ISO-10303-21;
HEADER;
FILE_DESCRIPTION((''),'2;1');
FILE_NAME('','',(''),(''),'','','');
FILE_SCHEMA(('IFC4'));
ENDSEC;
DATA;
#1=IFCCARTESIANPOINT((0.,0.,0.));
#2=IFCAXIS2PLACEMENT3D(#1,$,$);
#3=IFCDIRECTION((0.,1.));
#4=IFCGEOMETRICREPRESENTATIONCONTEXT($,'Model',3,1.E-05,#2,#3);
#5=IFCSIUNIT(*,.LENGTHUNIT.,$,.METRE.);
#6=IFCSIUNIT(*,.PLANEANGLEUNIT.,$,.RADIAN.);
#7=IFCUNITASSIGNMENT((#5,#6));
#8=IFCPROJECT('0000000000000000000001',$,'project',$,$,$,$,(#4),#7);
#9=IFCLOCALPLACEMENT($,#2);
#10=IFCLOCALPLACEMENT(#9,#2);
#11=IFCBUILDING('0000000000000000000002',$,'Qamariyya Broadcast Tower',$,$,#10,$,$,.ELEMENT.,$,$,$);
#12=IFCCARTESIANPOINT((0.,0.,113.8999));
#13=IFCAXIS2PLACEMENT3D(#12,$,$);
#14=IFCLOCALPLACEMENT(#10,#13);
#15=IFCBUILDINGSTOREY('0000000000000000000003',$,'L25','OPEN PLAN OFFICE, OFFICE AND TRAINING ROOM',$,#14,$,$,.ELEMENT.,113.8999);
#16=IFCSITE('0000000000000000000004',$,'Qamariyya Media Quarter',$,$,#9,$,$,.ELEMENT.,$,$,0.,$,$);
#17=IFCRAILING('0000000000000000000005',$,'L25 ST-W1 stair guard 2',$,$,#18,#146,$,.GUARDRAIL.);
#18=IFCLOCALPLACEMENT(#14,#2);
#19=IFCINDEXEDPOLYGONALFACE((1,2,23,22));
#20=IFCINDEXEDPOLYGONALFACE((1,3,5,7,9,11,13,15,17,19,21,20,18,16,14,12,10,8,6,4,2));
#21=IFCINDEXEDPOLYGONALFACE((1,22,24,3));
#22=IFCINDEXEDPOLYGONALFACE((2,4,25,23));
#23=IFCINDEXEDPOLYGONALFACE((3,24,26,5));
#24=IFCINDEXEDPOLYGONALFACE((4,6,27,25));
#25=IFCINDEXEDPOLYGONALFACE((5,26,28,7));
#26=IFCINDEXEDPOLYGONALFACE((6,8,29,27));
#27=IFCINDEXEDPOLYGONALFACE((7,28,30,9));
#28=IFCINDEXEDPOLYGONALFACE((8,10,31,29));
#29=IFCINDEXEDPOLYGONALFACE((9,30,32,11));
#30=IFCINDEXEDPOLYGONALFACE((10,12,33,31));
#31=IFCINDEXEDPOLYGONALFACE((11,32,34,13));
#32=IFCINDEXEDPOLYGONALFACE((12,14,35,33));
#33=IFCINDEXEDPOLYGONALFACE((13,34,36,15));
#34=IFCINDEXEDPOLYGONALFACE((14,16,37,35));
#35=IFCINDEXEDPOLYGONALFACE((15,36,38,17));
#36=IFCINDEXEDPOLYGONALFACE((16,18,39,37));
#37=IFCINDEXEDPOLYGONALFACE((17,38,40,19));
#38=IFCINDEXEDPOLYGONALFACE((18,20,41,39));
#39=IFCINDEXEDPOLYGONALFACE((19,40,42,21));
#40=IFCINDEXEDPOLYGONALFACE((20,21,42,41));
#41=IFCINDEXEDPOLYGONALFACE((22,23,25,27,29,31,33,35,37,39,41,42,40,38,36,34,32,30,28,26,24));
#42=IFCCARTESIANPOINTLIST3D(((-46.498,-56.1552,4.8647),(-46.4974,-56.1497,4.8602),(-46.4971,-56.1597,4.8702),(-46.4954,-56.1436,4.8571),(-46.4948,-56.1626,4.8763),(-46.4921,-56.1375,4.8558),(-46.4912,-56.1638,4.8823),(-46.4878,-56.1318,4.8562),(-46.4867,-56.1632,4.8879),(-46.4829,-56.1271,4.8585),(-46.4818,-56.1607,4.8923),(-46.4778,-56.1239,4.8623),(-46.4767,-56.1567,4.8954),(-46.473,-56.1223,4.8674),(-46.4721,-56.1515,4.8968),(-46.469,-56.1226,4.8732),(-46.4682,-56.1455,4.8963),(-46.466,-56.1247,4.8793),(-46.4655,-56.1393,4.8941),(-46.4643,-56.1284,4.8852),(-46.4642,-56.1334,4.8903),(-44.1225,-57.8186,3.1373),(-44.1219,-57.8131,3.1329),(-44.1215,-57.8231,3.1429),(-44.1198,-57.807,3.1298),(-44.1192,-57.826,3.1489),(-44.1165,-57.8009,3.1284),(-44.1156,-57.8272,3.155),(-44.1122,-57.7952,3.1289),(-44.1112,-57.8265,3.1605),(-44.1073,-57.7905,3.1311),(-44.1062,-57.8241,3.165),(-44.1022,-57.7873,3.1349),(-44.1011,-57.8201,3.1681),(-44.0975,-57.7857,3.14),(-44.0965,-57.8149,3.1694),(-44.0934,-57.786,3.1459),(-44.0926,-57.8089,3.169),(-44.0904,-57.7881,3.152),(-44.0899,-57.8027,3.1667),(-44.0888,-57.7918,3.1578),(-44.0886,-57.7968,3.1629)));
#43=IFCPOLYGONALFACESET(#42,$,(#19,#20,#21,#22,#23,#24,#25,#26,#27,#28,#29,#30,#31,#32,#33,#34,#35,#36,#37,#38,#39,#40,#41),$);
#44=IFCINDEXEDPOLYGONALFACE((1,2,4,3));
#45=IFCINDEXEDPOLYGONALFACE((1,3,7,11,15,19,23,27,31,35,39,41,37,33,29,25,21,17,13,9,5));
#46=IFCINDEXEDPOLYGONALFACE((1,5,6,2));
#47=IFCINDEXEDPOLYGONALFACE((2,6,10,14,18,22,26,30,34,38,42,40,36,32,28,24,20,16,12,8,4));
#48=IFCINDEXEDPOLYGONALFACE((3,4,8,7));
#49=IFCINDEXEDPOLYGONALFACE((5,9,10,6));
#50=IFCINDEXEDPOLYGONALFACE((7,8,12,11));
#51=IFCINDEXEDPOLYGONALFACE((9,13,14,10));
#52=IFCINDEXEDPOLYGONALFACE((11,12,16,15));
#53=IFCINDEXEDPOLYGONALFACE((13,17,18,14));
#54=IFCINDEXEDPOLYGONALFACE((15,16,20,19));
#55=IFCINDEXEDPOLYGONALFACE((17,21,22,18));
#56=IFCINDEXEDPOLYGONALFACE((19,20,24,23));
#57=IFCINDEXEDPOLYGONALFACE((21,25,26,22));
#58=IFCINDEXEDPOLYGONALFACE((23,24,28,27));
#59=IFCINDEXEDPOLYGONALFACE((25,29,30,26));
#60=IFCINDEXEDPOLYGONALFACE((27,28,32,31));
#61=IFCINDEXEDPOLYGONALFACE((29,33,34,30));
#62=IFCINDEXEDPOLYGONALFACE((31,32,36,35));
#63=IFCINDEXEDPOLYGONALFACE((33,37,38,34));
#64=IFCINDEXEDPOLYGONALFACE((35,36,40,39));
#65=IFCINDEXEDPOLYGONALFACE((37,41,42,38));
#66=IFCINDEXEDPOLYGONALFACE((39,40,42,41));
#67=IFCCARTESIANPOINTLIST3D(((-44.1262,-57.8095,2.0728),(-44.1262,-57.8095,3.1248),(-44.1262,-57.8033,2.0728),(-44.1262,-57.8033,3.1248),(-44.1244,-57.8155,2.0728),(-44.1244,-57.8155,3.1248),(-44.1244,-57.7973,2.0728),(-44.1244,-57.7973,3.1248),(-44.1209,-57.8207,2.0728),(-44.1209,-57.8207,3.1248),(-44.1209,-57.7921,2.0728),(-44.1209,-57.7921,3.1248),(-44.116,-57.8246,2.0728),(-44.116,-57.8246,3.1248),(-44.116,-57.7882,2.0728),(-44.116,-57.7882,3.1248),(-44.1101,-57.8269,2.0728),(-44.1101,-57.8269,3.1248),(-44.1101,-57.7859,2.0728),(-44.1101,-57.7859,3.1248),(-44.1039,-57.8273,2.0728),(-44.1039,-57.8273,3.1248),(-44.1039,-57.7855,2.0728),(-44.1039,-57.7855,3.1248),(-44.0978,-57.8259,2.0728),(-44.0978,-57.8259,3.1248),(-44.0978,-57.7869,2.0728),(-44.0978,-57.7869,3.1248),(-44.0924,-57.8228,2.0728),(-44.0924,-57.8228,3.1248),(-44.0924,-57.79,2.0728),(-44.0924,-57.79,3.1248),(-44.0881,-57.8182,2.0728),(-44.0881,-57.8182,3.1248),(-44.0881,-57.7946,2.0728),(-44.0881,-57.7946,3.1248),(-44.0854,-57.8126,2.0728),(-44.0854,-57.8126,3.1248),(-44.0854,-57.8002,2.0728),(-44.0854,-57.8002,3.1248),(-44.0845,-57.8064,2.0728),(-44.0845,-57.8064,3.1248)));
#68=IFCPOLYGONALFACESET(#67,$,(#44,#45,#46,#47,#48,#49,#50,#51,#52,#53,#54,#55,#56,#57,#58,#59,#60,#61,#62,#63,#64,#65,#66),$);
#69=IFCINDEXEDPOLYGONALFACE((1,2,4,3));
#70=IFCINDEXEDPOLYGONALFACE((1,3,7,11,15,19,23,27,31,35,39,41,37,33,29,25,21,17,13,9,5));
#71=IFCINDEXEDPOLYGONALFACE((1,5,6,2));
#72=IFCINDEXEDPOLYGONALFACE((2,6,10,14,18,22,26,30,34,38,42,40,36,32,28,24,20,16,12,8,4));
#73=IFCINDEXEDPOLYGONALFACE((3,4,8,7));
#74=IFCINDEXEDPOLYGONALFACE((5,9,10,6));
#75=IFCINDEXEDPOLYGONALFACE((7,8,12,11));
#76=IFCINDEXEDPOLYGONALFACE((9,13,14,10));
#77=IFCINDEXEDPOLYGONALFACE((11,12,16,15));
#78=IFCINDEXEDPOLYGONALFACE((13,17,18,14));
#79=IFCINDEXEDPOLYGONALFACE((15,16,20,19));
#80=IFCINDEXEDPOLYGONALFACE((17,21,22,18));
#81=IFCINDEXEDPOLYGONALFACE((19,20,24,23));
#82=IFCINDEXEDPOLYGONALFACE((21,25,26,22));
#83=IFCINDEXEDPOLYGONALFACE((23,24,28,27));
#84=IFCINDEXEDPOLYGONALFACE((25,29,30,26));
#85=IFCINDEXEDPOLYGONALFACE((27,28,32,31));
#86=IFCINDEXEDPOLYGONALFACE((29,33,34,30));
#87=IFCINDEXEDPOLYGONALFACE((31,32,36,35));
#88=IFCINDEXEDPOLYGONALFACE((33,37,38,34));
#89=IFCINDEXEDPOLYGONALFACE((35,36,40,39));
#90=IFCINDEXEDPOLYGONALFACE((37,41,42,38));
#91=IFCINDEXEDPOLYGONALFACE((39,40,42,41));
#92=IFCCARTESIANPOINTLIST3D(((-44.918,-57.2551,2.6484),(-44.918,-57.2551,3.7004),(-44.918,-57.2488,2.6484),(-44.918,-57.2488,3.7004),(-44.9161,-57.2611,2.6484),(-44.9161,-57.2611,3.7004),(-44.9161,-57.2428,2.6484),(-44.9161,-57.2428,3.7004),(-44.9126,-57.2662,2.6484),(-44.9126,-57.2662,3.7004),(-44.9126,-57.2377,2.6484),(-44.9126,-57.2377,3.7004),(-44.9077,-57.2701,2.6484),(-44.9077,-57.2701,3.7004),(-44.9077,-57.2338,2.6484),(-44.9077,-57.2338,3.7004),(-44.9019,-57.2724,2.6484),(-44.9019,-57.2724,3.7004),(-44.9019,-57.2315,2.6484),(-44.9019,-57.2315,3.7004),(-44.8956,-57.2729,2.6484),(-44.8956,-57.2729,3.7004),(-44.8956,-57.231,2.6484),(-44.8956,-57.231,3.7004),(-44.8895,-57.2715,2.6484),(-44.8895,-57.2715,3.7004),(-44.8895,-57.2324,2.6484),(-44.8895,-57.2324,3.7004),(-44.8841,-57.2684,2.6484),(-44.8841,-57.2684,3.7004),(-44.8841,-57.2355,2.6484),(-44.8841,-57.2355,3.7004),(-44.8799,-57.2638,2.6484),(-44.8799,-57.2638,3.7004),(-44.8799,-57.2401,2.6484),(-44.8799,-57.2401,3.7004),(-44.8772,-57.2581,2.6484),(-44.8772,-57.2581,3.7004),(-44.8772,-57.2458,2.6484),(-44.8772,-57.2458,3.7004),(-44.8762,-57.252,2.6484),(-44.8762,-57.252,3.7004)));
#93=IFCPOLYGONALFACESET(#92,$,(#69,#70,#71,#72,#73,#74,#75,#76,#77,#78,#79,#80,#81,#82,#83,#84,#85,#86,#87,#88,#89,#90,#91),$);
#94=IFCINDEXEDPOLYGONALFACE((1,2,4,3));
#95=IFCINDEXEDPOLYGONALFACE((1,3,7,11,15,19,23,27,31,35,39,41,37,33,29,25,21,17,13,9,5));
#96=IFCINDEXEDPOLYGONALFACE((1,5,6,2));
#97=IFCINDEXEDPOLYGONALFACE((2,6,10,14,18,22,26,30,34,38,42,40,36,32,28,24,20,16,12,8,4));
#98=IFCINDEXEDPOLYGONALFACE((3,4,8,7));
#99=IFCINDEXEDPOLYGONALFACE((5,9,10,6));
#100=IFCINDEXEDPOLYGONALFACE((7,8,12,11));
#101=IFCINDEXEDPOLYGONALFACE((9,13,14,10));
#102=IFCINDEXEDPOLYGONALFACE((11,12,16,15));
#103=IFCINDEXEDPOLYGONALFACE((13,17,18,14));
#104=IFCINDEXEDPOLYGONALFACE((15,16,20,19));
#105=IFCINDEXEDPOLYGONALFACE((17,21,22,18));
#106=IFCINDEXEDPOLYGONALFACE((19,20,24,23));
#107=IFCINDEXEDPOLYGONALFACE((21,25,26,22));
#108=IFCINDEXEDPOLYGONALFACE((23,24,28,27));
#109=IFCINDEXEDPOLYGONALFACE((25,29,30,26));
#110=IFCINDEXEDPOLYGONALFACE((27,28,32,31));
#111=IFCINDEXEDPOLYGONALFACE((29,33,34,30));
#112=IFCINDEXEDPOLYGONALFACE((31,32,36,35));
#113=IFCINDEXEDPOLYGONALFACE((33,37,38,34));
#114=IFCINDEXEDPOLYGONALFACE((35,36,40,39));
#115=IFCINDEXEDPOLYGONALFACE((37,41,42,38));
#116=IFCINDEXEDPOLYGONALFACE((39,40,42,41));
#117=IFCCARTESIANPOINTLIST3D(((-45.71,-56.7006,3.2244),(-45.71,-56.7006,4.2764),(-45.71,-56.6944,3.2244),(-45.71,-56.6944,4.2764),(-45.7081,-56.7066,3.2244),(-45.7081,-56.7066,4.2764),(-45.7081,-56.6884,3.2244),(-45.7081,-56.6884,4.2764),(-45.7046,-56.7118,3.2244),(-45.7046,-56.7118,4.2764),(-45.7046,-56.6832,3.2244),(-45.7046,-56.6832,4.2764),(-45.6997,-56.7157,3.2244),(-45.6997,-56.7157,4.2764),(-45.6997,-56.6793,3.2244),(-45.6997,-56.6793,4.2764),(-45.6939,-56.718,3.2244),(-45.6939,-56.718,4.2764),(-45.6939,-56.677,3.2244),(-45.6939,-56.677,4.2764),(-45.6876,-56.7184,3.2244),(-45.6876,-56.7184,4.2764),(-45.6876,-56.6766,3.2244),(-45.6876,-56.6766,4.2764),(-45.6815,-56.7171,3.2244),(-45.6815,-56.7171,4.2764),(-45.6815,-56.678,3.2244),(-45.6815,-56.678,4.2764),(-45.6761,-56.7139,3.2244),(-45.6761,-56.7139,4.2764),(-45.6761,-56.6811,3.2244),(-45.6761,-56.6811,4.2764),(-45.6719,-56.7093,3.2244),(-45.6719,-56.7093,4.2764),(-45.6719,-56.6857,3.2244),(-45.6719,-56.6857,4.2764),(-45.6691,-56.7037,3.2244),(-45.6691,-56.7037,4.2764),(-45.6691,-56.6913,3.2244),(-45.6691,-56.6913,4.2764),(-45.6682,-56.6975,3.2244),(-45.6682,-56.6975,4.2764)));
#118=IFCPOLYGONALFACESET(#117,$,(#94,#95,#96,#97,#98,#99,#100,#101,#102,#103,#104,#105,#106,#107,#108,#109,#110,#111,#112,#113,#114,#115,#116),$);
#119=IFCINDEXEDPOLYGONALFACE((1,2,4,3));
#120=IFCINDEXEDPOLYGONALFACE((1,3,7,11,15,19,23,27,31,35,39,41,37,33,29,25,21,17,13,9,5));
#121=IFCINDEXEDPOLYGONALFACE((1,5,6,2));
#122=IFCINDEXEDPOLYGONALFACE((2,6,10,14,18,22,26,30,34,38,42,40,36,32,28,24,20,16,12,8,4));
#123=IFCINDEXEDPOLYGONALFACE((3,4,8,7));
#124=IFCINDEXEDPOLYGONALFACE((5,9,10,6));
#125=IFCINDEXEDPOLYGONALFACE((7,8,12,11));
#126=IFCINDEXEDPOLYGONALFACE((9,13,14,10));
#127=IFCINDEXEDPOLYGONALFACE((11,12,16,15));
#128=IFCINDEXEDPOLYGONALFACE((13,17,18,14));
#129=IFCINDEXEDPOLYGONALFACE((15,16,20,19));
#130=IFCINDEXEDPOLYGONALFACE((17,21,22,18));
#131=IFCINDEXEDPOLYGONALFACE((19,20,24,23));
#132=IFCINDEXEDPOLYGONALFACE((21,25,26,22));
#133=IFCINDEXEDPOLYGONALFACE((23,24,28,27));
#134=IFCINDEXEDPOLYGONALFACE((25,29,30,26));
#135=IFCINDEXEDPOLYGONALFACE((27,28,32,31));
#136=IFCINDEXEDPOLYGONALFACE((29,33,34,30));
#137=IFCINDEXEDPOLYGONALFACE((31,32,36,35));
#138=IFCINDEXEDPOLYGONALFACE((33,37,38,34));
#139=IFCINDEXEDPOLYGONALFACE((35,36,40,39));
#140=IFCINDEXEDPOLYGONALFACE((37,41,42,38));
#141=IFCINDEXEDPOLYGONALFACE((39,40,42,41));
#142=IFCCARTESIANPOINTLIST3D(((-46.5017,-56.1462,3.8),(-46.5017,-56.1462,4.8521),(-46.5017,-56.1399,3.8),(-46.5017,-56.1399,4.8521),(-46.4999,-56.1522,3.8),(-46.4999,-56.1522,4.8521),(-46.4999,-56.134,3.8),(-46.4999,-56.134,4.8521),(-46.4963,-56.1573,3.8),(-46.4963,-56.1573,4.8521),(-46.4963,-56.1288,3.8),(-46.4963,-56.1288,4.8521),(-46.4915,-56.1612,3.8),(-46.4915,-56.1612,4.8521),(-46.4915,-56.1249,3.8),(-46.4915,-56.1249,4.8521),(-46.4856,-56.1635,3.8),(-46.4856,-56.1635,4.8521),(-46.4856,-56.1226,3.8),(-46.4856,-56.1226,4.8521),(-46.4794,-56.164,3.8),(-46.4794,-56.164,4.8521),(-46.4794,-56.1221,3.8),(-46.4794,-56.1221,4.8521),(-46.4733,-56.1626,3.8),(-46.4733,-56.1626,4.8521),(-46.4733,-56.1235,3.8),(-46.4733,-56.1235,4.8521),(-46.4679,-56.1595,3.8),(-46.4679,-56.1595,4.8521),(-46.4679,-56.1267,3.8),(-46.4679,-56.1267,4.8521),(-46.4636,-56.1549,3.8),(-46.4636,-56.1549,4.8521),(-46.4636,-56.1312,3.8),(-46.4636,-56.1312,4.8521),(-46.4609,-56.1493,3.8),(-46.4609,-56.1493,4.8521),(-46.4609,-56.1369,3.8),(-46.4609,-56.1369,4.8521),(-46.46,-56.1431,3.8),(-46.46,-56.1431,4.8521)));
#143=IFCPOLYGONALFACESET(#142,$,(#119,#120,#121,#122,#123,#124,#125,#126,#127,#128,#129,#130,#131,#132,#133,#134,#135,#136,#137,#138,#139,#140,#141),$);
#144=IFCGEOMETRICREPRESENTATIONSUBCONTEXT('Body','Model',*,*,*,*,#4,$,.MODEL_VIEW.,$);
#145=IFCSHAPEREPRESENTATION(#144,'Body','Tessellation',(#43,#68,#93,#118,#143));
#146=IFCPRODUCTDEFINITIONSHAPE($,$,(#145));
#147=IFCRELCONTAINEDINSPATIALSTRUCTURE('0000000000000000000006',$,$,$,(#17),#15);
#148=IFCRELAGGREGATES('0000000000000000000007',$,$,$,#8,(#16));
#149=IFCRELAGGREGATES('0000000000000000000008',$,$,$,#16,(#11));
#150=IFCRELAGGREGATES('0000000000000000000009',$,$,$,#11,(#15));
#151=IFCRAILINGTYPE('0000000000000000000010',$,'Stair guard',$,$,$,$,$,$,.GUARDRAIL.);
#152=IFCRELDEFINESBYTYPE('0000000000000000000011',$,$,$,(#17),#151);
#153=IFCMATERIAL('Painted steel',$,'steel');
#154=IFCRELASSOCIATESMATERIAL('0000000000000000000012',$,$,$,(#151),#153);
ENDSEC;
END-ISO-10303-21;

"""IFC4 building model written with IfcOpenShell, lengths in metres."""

from ifc_helpers import new_model, si_unit, direction, frame, origin, origin_2d, place, context, subcontext, project, spatial, circle, extrude, material, type_object, element, save


model = new_model("IFC4")

# Units and contexts
model_context = context("Model", 3, precision=1e-05, world=origin(), true_north=direction((0.0, 1.0)))
body_context = subcontext(model_context, "Body", "Model", "MODEL_VIEW")
ifc_project = project(units=[si_unit("LENGTHUNIT", "METRE"), si_unit("PLANEANGLEUNIT", "RADIAN")], contexts=[model_context])

# Site, building, storey
site_placement = place(None, origin())
site = spatial("IfcSite", under=ifc_project, at=site_placement, Name="Qamariyya Media Quarter", CompositionType="ELEMENT", RefElevation=0.0)
building_placement = place(site_placement, origin())
building = spatial("IfcBuilding", under=site, at=building_placement, Name="Qamariyya Broadcast Tower", CompositionType="ELEMENT")
storey_placement = place(building_placement, frame((0.0, 0.0, 113.8999)))
storey = spatial("IfcBuildingStorey", under=building, at=storey_placement, Name="L25", Description="OPEN PLAN OFFICE, OFFICE AND TRAINING ROOM", CompositionType="ELEMENT", Elevation=113.8999)

# Railing
ifc_material_1 = material(Name="Painted steel", Category="steel")
railing_type_1 = type_object("IfcRailingType", Name="Stair guard", PredefinedType="GUARDRAIL", material=ifc_material_1)
railing_1_placement = place(storey_placement, frame((-44.1055, -57.8064, 2.0728)))
element("IfcRailing", 1, at=railing_1_placement, inside=storey, type_object=railing_type_1, Name="L25 ST-W1 stair guard 2", PredefinedType="GUARDRAIL", context=body_context, shape_type="SweptSolid", body=[
    extrude(circle(Radius=0.0239, at=origin_2d()), frame((0.0, 0.0, 1.0762), z_axis=(-0.70377, 0.492784, 0.511734), x_axis=(-0.573575, -0.819153, 0.0)), (0.0, 0.0, 1.0), 3.3755),
    extrude(circle(Radius=0.021, at=origin_2d()), origin(), (0.0, 0.0, 1.0), 1.052),
    extrude(circle(Radius=0.021, at=origin_2d()), frame((-0.7917, 0.5544, 0.5757)), (0.0, 0.0, 1.0), 1.052),
    extrude(circle(Radius=0.021, at=origin_2d()), frame((-1.5837, 1.1089, 1.1516)), (0.0, 0.0, 1.0), 1.052),
    extrude(circle(Radius=0.021, at=origin_2d()), frame((-2.3755, 1.6633, 1.7273)), (0.0, 0.0, 1.0), 1.052),
])

save(model, "model.ifc")
